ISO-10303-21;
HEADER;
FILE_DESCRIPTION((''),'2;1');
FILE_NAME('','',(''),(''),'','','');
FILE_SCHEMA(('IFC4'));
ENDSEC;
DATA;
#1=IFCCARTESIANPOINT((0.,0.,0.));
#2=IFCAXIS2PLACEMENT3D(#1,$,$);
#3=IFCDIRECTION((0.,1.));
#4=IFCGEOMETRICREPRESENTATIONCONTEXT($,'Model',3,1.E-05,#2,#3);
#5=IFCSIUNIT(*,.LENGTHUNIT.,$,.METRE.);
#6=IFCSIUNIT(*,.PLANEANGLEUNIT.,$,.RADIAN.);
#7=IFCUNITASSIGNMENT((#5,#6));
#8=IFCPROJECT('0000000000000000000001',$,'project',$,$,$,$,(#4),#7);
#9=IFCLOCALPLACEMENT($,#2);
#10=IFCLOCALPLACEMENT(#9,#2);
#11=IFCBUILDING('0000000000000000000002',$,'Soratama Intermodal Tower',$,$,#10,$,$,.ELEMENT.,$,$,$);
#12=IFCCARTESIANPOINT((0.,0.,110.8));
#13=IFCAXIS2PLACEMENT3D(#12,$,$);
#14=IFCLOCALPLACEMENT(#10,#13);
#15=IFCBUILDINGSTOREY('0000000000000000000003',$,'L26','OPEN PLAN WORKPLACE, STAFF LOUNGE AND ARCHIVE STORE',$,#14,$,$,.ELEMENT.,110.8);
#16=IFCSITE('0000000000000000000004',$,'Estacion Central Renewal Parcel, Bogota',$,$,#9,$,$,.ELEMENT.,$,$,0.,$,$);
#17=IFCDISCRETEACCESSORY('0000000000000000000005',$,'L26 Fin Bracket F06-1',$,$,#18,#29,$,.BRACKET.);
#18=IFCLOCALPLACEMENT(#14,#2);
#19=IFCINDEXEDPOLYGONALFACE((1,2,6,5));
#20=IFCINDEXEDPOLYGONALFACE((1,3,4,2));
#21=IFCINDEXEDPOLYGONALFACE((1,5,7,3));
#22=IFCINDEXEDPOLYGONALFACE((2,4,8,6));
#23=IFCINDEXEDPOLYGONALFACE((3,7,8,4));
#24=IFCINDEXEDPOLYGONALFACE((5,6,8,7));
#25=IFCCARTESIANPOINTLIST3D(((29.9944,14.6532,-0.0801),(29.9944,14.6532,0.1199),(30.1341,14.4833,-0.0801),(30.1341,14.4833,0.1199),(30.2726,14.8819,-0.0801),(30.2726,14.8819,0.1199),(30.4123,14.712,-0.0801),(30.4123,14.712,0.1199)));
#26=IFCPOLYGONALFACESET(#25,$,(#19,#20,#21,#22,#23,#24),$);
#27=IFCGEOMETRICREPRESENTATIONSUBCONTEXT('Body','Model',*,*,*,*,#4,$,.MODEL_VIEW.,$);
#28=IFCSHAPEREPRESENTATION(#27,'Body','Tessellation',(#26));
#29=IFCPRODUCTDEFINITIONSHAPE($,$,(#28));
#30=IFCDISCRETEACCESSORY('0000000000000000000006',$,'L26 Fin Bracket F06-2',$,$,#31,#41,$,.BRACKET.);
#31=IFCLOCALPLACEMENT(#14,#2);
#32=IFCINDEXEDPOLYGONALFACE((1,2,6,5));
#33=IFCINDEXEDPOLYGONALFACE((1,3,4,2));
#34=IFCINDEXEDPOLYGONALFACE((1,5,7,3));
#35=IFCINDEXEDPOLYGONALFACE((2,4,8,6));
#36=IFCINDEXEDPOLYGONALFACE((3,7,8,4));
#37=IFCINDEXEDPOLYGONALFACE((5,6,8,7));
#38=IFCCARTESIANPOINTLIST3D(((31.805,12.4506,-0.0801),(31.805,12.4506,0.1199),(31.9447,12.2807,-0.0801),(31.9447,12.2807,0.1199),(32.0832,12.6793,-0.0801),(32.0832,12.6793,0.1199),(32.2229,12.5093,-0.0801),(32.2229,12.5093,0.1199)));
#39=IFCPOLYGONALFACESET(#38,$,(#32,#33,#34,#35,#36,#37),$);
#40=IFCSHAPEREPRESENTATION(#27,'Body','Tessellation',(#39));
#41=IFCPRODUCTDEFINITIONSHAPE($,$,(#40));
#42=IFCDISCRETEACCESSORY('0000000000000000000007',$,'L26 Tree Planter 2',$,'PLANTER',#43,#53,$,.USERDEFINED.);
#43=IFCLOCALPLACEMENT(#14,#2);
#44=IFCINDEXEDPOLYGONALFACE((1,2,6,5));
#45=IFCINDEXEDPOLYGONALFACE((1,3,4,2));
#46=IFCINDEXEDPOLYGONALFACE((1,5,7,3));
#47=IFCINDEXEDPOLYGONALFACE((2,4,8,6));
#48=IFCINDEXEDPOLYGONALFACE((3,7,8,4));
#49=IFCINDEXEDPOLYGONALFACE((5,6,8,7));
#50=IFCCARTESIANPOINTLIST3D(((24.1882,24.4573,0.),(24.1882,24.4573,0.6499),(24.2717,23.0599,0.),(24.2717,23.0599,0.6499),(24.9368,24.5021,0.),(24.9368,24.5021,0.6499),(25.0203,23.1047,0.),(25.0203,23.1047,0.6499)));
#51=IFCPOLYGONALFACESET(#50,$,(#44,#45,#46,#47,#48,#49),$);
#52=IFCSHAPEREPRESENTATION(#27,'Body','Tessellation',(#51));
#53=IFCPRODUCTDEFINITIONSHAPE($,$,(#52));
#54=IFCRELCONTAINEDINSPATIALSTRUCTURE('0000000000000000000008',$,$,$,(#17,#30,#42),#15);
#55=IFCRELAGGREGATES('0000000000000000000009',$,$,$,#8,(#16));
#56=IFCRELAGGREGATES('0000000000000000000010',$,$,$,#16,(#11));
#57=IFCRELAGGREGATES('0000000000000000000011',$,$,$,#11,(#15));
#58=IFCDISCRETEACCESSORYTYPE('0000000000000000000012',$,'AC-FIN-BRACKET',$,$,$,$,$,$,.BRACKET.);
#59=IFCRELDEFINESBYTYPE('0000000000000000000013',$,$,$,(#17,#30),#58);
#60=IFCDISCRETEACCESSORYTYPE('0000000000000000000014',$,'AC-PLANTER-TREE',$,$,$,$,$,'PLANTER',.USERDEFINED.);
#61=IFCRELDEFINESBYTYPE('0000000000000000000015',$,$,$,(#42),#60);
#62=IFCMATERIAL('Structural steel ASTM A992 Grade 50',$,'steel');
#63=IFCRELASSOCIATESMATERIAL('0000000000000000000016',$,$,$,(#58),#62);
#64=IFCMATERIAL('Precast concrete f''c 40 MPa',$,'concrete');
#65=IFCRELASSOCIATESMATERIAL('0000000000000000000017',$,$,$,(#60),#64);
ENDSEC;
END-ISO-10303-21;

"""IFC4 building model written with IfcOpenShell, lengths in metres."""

from ifc_helpers import new_model, si_unit, direction, frame, origin, origin_2d, place, context, subcontext, project, spatial, rectangle, extrude, material, type_object, element, save


model = new_model("IFC4")

# Units and contexts
model_context = context("Model", 3, precision=1e-05, world=origin(), true_north=direction((0.0, 1.0)))
body_context = subcontext(model_context, "Body", "Model", "MODEL_VIEW")
ifc_project = project(units=[si_unit("LENGTHUNIT", "METRE"), si_unit("PLANEANGLEUNIT", "RADIAN")], contexts=[model_context])

# Site, building, storey
site_placement = place(None, origin())
site = spatial("IfcSite", under=ifc_project, at=site_placement, Name="Estacion Central Renewal Parcel, Bogota", CompositionType="ELEMENT", RefElevation=0.0)
building_placement = place(site_placement, origin())
building = spatial("IfcBuilding", under=site, at=building_placement, Name="Soratama Intermodal Tower", CompositionType="ELEMENT")
storey_placement = place(building_placement, frame((0.0, 0.0, 110.8)))
storey = spatial("IfcBuildingStorey", under=building, at=storey_placement, Name="L26", Description="OPEN PLAN WORKPLACE, STAFF LOUNGE AND ARCHIVE STORE", CompositionType="ELEMENT", Elevation=110.8)

# Discrete accessories
ifc_material_1 = material(Name="Structural steel ASTM A992 Grade 50", Category="steel")
discrete_accessory_type_1 = type_object("IfcDiscreteAccessoryType", Name="AC-FIN-BRACKET", PredefinedType="BRACKET", material=ifc_material_1)
for number, where, z_axis, x_axis, name in (
    (1, (30.2034, 14.6826, -0.0801), (0.0, 0.0, 1.0), (-0.772512, -0.635, 0.0), "L26 Fin Bracket F06-1"),
    (2, (32.0139, 12.48, -0.0801), (0.0, 0.0, 1.0), (-0.772512, -0.635, 0.0), "L26 Fin Bracket F06-2"),
):
    element("IfcDiscreteAccessory", number, at=place(storey_placement, frame(where, z_axis=z_axis, x_axis=x_axis)), inside=storey, type_object=discrete_accessory_type_1, Name=name, PredefinedType="BRACKET", context=body_context, shape_type="SweptSolid", body=[
        extrude(rectangle(XDim=0.3601, YDim=0.22, at=origin_2d()), origin(), (0.0, 0.0, 1.0), 0.2),
    ])
ifc_material_2 = material(Name="Precast concrete f'c 40 MPa", Category="concrete")
discrete_accessory_type_2 = type_object("IfcDiscreteAccessoryType", Name="AC-PLANTER-TREE", ElementType="PLANTER", PredefinedType="USERDEFINED", material=ifc_material_2)
discrete_accessory_placement = place(storey_placement, frame((24.6042, 23.781, 0.0), z_axis=(0.0, 0.0, 1.0), x_axis=(-0.998219, -0.059655, 0.0)))
element("IfcDiscreteAccessory", 3, at=discrete_accessory_placement, inside=storey, type_object=discrete_accessory_type_2, Name="L26 Tree Planter 2", ObjectType="PLANTER", PredefinedType="USERDEFINED", context=body_context, shape_type="SweptSolid", body=[
    extrude(rectangle(XDim=0.75, YDim=1.3999, at=origin_2d()), origin(), (0.0, 0.0, 1.0), 0.6499),
])

save(model, "model.ifc")
